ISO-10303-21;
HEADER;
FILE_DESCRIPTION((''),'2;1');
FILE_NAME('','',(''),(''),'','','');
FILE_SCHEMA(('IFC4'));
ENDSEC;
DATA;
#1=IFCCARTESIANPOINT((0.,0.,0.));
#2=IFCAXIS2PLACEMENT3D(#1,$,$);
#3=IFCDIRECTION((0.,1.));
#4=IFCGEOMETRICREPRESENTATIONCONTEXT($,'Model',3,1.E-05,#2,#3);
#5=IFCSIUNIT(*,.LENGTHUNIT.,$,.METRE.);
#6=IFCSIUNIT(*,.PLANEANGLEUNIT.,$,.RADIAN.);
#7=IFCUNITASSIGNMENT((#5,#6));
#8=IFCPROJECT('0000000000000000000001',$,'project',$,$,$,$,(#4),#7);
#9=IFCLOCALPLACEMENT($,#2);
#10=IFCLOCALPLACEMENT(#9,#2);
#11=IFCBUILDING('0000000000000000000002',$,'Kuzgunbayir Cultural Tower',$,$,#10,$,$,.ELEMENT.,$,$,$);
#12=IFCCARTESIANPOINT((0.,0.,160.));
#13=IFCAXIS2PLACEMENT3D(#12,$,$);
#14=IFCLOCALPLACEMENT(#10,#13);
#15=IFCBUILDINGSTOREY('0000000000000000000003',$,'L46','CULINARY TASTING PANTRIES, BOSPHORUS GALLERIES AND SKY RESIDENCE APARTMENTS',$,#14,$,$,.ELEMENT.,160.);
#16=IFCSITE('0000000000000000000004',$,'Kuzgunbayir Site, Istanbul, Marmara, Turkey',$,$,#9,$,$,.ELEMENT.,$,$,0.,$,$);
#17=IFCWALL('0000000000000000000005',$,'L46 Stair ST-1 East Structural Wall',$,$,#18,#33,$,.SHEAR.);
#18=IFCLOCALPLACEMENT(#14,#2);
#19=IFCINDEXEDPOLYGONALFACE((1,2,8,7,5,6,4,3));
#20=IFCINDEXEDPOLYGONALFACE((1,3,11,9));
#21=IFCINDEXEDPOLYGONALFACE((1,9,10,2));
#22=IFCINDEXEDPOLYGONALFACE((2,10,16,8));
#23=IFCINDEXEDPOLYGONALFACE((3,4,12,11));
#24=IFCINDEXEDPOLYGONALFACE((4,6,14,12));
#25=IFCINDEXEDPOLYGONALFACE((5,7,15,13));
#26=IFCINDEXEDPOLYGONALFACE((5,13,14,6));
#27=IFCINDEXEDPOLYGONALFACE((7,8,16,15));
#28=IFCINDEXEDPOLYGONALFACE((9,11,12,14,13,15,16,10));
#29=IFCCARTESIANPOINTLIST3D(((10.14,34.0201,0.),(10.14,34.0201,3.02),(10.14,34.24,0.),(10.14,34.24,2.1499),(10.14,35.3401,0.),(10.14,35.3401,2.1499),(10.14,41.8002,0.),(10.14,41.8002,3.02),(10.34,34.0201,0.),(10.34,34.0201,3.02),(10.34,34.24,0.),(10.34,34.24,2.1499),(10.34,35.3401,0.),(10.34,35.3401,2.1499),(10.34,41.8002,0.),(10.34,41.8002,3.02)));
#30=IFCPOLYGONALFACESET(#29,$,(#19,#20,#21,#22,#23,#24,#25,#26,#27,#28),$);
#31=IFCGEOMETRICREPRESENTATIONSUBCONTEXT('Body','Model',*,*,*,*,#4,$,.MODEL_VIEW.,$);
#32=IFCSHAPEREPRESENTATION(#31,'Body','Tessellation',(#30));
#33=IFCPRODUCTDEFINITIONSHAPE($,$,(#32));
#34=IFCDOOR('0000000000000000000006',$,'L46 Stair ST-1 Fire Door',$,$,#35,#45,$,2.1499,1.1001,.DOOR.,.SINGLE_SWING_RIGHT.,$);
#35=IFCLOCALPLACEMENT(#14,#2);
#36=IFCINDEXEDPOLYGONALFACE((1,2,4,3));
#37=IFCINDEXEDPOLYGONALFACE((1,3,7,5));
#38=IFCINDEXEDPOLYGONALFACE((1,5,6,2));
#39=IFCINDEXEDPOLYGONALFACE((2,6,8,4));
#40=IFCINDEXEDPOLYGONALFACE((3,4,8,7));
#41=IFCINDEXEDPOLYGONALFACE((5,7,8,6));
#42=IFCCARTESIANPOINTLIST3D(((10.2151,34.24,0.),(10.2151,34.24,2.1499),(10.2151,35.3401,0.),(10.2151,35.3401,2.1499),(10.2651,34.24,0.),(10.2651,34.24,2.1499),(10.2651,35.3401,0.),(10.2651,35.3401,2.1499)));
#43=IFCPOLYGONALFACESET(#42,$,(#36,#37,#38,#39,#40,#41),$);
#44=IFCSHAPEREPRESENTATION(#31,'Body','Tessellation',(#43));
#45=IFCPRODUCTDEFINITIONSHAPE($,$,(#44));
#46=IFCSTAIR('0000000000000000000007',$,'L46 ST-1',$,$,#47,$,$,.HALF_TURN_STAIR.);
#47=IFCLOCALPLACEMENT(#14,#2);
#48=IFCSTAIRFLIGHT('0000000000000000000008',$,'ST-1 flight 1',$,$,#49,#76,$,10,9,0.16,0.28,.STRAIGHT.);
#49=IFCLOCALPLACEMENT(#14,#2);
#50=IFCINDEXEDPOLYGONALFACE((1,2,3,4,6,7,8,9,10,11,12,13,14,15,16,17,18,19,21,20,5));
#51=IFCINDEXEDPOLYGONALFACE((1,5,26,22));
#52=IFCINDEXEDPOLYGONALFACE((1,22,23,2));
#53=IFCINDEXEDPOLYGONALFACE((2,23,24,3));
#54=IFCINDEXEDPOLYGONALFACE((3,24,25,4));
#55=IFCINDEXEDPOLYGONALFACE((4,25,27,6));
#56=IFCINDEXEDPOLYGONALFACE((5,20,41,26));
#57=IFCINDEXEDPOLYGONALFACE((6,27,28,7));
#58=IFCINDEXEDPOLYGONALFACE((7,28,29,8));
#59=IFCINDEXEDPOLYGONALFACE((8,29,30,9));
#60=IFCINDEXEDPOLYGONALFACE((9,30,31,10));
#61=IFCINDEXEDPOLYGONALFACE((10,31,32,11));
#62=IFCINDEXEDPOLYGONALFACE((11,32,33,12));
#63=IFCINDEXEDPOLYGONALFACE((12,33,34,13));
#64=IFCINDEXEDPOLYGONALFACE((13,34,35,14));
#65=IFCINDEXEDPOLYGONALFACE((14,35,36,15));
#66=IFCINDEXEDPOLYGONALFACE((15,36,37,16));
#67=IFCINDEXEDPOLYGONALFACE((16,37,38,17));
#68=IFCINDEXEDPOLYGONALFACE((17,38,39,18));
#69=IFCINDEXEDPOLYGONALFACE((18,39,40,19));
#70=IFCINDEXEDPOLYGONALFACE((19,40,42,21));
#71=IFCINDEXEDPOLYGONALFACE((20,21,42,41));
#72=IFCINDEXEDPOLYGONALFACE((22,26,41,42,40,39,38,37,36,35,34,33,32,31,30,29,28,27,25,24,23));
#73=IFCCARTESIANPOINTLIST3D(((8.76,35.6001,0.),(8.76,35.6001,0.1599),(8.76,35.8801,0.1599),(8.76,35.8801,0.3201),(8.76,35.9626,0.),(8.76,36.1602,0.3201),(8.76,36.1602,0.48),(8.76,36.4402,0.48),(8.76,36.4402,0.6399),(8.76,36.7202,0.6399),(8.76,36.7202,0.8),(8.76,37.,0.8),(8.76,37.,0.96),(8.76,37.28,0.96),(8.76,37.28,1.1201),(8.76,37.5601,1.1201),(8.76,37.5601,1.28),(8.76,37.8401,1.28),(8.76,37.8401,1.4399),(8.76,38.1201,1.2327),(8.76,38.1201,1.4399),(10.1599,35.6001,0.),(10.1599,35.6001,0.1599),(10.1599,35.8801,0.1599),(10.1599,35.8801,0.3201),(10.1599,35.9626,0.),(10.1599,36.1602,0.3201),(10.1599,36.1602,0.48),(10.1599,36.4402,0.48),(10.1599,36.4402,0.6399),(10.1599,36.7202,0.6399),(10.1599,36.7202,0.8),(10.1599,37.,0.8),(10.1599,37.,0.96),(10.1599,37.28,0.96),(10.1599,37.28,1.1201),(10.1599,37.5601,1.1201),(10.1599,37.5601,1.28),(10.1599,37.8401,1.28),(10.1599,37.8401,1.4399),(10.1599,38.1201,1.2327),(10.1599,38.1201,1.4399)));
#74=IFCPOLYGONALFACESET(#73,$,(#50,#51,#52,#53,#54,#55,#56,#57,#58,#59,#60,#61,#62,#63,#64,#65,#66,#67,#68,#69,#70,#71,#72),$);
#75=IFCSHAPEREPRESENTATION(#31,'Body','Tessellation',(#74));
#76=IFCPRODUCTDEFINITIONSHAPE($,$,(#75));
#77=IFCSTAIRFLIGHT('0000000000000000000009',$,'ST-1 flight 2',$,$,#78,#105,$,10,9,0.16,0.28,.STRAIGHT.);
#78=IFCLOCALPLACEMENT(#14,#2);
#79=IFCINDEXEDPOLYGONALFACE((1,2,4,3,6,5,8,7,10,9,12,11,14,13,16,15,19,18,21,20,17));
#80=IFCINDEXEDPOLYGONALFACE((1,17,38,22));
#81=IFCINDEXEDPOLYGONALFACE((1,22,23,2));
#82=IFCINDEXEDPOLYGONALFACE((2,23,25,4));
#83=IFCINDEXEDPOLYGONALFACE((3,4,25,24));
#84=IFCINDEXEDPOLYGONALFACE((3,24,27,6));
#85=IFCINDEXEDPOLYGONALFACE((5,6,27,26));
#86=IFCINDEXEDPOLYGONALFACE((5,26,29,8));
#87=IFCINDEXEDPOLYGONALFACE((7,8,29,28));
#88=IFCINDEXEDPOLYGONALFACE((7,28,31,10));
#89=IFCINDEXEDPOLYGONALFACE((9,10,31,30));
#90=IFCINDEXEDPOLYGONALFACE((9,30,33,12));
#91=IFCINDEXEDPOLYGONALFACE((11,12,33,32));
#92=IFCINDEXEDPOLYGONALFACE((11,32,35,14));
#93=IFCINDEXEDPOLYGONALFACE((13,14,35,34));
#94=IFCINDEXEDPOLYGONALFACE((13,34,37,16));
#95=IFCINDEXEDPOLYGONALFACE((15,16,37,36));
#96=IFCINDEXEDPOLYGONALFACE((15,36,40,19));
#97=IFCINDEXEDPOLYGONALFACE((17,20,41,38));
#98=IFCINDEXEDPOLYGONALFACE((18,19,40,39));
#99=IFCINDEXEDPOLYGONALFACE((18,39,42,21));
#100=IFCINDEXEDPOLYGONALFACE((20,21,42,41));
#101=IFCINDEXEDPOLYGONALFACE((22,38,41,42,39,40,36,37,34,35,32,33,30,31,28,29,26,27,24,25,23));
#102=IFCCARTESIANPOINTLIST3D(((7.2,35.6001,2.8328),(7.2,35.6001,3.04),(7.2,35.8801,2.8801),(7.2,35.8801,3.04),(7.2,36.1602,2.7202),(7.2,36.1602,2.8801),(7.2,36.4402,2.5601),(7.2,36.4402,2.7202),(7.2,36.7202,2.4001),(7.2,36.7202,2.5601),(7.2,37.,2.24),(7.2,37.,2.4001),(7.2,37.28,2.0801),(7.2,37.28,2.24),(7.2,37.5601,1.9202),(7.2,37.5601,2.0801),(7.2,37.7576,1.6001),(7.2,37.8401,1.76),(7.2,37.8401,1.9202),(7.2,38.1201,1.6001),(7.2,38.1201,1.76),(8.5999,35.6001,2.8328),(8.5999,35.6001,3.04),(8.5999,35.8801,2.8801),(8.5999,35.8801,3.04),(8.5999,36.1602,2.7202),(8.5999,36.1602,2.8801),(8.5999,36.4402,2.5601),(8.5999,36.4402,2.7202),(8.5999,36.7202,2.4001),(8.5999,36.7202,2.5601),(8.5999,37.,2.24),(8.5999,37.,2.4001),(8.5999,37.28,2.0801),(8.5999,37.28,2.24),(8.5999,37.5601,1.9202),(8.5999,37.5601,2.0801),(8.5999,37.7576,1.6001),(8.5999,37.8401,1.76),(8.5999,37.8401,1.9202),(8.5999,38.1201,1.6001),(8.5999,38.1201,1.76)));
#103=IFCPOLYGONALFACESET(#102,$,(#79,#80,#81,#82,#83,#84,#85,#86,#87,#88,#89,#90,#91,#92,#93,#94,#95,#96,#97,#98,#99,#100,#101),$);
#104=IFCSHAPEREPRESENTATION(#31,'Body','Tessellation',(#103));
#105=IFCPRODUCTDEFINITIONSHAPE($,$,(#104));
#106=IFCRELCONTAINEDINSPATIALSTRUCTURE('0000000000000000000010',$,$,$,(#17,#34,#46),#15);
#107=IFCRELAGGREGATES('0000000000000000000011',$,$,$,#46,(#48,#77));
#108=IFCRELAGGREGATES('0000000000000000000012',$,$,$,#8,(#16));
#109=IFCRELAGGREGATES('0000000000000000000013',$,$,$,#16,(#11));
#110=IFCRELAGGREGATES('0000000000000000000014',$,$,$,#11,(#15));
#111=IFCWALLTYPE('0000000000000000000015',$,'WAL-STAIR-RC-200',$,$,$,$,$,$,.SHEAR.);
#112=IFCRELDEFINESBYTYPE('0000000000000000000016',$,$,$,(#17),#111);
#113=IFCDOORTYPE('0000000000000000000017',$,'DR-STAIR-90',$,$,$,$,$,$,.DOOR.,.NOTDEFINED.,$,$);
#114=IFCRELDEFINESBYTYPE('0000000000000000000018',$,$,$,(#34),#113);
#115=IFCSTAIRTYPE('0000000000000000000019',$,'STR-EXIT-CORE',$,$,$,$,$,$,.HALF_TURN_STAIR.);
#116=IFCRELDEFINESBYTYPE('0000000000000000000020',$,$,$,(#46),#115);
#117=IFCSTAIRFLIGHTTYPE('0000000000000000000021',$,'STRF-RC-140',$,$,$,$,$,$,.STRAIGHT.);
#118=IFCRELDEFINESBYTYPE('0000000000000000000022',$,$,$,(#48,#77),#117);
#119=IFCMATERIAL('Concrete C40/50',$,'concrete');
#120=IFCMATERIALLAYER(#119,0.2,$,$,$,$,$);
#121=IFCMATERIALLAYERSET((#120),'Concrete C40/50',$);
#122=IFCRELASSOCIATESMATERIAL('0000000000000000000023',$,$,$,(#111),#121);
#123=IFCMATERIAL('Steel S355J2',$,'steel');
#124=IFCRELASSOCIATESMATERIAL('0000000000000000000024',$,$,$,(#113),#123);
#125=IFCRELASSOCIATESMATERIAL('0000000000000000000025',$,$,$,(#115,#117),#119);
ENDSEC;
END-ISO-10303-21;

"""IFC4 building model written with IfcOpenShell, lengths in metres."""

from ifc_helpers import new_model, si_unit, direction, frame, frame_2d, origin, place, context, subcontext, project, spatial, polyline, rectangle, outline, extrude, material, layer, layer_set, type_object, element, fill, aggregate, save


model = new_model("IFC4")

# Units and contexts
model_context = context("Model", 3, precision=1e-05, world=origin(), true_north=direction((0.0, 1.0)))
body_context = subcontext(model_context, "Body", "Model", "MODEL_VIEW")
ifc_project = project(units=[si_unit("LENGTHUNIT", "METRE"), si_unit("PLANEANGLEUNIT", "RADIAN")], contexts=[model_context])

# Site, building, storey
site_placement = place(None, origin())
site = spatial("IfcSite", under=ifc_project, at=site_placement, Name="Kuzgunbayir Site, Istanbul, Marmara, Turkey", CompositionType="ELEMENT", RefElevation=0.0)
building_placement = place(site_placement, origin())
building = spatial("IfcBuilding", under=site, at=building_placement, Name="Kuzgunbayir Cultural Tower", CompositionType="ELEMENT")
storey_placement = place(building_placement, frame((0.0, 0.0, 160.0)))
storey = spatial("IfcBuildingStorey", under=building, at=storey_placement, Name="L46", Description="CULINARY TASTING PANTRIES, BOSPHORUS GALLERIES AND SKY RESIDENCE APARTMENTS", CompositionType="ELEMENT", Elevation=160.0)

# Shared definitions
ifc_material_1 = material(Name="Steel S355J2", Category="steel")

# Shared definitions
ifc_material_2 = material(Name="Concrete C40/50", Category="concrete")

# Wall, opening, door
ifc_layer_1 = layer(ifc_material_2, 0.2)
ifc_layer_set_1 = layer_set([ifc_layer_1], Name="Concrete C40/50")
wall_type_1 = type_object("IfcWallType", Name="WAL-STAIR-RC-200", PredefinedType="SHEAR", material=ifc_layer_set_1)
wall_1_placement = place(storey_placement, frame((10.24, 34.02, 0.0), z_axis=(0.0, 0.0, 1.0), x_axis=(0.0, 1.0, 0.0)))
wall_1 = element("IfcWall", 1, at=wall_1_placement, inside=storey, type_object=wall_type_1, Name="L46 Stair ST-1 East Structural Wall", PredefinedType="SHEAR", context=body_context, shape_type="SweptSolid", body=[
    extrude(rectangle(XDim=7.78, YDim=0.2, at=frame_2d((3.8901, 0.0))), origin(), (0.0, 0.0, 1.0), 3.02),
])
opening_1_placement = place(wall_1_placement, frame((0.22, 0.0, 0.0)))
opening_1 = element("IfcOpeningElement", 2, at=opening_1_placement, cuts=wall_1, PredefinedType="OPENING", context=body_context, shape_type="SweptSolid", body=[
    extrude(rectangle(XDim=1.1001, YDim=2.1499, at=frame_2d((0.55, 1.075))), frame((0.0, 0.1099, 0.0), z_axis=(0.0, -1.0, 0.0), x_axis=(1.0, 0.0, 0.0)), (0.0, 0.0, 1.0), 0.22),
])
door_type_1 = type_object("IfcDoorType", Name="DR-STAIR-90", OperationType="NOTDEFINED", PredefinedType="DOOR", material=ifc_material_1)
door_1_placement = place(opening_1_placement, origin())
door_1 = element("IfcDoor", 3, at=door_1_placement, inside=storey, type_object=door_type_1, Name="L46 Stair ST-1 Fire Door", OperationType="SINGLE_SWING_RIGHT", OverallHeight=2.1499, OverallWidth=1.1001, PredefinedType="DOOR", context=body_context, shape_type="SweptSolid", body=[
    extrude(rectangle(XDim=1.1001, YDim=2.1499, at=frame_2d((0.55, 1.075))), frame((0.0, 0.0249, 0.0), z_axis=(0.0, -1.0, 0.0), x_axis=(1.0, 0.0, 0.0)), (0.0, 0.0, 1.0), 0.05),
])
fill(opening_1, door_1)

# Stair, stair flights
stair_type = type_object("IfcStairType", Name="STR-EXIT-CORE", PredefinedType="HALF_TURN_STAIR", material=ifc_material_2)
stair_placement = place(storey_placement, origin())
stair = element("IfcStair", 4, at=stair_placement, inside=storey, type_object=stair_type, Name="L46 ST-1", PredefinedType="HALF_TURN_STAIR")
stair_flight_type = type_object("IfcStairFlightType", Name="STRF-RC-140", PredefinedType="STRAIGHT", material=ifc_material_2)
stair_flight_1_placement = place(storey_placement, frame((9.46, 35.6001, 0.0), z_axis=(0.0, 0.0, 1.0), x_axis=(0.0, 1.0, 0.0)))
stair_flight_1 = element("IfcStairFlight", 5, at=stair_flight_1_placement, type_object=stair_flight_type, Name="ST-1 flight 1", NumberOfRisers=10, NumberOfTreads=9, PredefinedType="STRAIGHT", RiserHeight=0.16, TreadLength=0.28, context=body_context, shape_type="SweptSolid", body=[
    extrude(outline(polyline([(0.0, 0.0), (0.0, 0.1599), (0.28, 0.1599), (0.28, 0.3201), (0.5601, 0.3201), (0.5601, 0.48), (0.8401, 0.48), (0.8401, 0.6399), (1.1201, 0.6399), (1.1201, 0.8), (1.3999, 0.8), (1.3999, 0.96), (1.6799, 0.96), (1.6799, 1.1201), (1.96, 1.1201), (1.96, 1.28), (2.24, 1.28), (2.24, 1.4399), (2.52, 1.4399), (2.52, 1.6001), (2.52, 1.2327), (0.3625, 0.0), (0.0, 0.0)])), frame((0.0, 0.7, 0.0), z_axis=(0.0, -1.0, 0.0), x_axis=(1.0, 0.0, 0.0)), (0.0, 0.0, 1.0), 1.3999),
])
stair_flight_2_placement = place(storey_placement, frame((7.8999, 38.1201, 1.6001), z_axis=(0.0, 0.0, 1.0), x_axis=(0.0, -1.0, 0.0)))
stair_flight_2 = element("IfcStairFlight", 6, at=stair_flight_2_placement, type_object=stair_flight_type, Name="ST-1 flight 2", NumberOfRisers=10, NumberOfTreads=9, PredefinedType="STRAIGHT", RiserHeight=0.16, TreadLength=0.28, context=body_context, shape_type="SweptSolid", body=[
    extrude(outline(polyline([(0.0, 0.0), (0.0, 0.1599), (0.28, 0.1599), (0.28, 0.3201), (0.5601, 0.3201), (0.5601, 0.48), (0.8401, 0.48), (0.8401, 0.6399), (1.1201, 0.6399), (1.1201, 0.8), (1.3999, 0.8), (1.3999, 0.96), (1.6799, 0.96), (1.6799, 1.1201), (1.96, 1.1201), (1.96, 1.28), (2.24, 1.28), (2.24, 1.4399), (2.52, 1.4399), (2.52, 1.6001), (2.52, 1.2327), (0.3625, 0.0), (0.0, 0.0)])), frame((0.0, 0.7, 0.0), z_axis=(0.0, -1.0, 0.0), x_axis=(1.0, 0.0, 0.0)), (0.0, 0.0, 1.0), 1.3999),
])
aggregate(stair, [stair_flight_1, stair_flight_2])

save(model, "model.ifc")
